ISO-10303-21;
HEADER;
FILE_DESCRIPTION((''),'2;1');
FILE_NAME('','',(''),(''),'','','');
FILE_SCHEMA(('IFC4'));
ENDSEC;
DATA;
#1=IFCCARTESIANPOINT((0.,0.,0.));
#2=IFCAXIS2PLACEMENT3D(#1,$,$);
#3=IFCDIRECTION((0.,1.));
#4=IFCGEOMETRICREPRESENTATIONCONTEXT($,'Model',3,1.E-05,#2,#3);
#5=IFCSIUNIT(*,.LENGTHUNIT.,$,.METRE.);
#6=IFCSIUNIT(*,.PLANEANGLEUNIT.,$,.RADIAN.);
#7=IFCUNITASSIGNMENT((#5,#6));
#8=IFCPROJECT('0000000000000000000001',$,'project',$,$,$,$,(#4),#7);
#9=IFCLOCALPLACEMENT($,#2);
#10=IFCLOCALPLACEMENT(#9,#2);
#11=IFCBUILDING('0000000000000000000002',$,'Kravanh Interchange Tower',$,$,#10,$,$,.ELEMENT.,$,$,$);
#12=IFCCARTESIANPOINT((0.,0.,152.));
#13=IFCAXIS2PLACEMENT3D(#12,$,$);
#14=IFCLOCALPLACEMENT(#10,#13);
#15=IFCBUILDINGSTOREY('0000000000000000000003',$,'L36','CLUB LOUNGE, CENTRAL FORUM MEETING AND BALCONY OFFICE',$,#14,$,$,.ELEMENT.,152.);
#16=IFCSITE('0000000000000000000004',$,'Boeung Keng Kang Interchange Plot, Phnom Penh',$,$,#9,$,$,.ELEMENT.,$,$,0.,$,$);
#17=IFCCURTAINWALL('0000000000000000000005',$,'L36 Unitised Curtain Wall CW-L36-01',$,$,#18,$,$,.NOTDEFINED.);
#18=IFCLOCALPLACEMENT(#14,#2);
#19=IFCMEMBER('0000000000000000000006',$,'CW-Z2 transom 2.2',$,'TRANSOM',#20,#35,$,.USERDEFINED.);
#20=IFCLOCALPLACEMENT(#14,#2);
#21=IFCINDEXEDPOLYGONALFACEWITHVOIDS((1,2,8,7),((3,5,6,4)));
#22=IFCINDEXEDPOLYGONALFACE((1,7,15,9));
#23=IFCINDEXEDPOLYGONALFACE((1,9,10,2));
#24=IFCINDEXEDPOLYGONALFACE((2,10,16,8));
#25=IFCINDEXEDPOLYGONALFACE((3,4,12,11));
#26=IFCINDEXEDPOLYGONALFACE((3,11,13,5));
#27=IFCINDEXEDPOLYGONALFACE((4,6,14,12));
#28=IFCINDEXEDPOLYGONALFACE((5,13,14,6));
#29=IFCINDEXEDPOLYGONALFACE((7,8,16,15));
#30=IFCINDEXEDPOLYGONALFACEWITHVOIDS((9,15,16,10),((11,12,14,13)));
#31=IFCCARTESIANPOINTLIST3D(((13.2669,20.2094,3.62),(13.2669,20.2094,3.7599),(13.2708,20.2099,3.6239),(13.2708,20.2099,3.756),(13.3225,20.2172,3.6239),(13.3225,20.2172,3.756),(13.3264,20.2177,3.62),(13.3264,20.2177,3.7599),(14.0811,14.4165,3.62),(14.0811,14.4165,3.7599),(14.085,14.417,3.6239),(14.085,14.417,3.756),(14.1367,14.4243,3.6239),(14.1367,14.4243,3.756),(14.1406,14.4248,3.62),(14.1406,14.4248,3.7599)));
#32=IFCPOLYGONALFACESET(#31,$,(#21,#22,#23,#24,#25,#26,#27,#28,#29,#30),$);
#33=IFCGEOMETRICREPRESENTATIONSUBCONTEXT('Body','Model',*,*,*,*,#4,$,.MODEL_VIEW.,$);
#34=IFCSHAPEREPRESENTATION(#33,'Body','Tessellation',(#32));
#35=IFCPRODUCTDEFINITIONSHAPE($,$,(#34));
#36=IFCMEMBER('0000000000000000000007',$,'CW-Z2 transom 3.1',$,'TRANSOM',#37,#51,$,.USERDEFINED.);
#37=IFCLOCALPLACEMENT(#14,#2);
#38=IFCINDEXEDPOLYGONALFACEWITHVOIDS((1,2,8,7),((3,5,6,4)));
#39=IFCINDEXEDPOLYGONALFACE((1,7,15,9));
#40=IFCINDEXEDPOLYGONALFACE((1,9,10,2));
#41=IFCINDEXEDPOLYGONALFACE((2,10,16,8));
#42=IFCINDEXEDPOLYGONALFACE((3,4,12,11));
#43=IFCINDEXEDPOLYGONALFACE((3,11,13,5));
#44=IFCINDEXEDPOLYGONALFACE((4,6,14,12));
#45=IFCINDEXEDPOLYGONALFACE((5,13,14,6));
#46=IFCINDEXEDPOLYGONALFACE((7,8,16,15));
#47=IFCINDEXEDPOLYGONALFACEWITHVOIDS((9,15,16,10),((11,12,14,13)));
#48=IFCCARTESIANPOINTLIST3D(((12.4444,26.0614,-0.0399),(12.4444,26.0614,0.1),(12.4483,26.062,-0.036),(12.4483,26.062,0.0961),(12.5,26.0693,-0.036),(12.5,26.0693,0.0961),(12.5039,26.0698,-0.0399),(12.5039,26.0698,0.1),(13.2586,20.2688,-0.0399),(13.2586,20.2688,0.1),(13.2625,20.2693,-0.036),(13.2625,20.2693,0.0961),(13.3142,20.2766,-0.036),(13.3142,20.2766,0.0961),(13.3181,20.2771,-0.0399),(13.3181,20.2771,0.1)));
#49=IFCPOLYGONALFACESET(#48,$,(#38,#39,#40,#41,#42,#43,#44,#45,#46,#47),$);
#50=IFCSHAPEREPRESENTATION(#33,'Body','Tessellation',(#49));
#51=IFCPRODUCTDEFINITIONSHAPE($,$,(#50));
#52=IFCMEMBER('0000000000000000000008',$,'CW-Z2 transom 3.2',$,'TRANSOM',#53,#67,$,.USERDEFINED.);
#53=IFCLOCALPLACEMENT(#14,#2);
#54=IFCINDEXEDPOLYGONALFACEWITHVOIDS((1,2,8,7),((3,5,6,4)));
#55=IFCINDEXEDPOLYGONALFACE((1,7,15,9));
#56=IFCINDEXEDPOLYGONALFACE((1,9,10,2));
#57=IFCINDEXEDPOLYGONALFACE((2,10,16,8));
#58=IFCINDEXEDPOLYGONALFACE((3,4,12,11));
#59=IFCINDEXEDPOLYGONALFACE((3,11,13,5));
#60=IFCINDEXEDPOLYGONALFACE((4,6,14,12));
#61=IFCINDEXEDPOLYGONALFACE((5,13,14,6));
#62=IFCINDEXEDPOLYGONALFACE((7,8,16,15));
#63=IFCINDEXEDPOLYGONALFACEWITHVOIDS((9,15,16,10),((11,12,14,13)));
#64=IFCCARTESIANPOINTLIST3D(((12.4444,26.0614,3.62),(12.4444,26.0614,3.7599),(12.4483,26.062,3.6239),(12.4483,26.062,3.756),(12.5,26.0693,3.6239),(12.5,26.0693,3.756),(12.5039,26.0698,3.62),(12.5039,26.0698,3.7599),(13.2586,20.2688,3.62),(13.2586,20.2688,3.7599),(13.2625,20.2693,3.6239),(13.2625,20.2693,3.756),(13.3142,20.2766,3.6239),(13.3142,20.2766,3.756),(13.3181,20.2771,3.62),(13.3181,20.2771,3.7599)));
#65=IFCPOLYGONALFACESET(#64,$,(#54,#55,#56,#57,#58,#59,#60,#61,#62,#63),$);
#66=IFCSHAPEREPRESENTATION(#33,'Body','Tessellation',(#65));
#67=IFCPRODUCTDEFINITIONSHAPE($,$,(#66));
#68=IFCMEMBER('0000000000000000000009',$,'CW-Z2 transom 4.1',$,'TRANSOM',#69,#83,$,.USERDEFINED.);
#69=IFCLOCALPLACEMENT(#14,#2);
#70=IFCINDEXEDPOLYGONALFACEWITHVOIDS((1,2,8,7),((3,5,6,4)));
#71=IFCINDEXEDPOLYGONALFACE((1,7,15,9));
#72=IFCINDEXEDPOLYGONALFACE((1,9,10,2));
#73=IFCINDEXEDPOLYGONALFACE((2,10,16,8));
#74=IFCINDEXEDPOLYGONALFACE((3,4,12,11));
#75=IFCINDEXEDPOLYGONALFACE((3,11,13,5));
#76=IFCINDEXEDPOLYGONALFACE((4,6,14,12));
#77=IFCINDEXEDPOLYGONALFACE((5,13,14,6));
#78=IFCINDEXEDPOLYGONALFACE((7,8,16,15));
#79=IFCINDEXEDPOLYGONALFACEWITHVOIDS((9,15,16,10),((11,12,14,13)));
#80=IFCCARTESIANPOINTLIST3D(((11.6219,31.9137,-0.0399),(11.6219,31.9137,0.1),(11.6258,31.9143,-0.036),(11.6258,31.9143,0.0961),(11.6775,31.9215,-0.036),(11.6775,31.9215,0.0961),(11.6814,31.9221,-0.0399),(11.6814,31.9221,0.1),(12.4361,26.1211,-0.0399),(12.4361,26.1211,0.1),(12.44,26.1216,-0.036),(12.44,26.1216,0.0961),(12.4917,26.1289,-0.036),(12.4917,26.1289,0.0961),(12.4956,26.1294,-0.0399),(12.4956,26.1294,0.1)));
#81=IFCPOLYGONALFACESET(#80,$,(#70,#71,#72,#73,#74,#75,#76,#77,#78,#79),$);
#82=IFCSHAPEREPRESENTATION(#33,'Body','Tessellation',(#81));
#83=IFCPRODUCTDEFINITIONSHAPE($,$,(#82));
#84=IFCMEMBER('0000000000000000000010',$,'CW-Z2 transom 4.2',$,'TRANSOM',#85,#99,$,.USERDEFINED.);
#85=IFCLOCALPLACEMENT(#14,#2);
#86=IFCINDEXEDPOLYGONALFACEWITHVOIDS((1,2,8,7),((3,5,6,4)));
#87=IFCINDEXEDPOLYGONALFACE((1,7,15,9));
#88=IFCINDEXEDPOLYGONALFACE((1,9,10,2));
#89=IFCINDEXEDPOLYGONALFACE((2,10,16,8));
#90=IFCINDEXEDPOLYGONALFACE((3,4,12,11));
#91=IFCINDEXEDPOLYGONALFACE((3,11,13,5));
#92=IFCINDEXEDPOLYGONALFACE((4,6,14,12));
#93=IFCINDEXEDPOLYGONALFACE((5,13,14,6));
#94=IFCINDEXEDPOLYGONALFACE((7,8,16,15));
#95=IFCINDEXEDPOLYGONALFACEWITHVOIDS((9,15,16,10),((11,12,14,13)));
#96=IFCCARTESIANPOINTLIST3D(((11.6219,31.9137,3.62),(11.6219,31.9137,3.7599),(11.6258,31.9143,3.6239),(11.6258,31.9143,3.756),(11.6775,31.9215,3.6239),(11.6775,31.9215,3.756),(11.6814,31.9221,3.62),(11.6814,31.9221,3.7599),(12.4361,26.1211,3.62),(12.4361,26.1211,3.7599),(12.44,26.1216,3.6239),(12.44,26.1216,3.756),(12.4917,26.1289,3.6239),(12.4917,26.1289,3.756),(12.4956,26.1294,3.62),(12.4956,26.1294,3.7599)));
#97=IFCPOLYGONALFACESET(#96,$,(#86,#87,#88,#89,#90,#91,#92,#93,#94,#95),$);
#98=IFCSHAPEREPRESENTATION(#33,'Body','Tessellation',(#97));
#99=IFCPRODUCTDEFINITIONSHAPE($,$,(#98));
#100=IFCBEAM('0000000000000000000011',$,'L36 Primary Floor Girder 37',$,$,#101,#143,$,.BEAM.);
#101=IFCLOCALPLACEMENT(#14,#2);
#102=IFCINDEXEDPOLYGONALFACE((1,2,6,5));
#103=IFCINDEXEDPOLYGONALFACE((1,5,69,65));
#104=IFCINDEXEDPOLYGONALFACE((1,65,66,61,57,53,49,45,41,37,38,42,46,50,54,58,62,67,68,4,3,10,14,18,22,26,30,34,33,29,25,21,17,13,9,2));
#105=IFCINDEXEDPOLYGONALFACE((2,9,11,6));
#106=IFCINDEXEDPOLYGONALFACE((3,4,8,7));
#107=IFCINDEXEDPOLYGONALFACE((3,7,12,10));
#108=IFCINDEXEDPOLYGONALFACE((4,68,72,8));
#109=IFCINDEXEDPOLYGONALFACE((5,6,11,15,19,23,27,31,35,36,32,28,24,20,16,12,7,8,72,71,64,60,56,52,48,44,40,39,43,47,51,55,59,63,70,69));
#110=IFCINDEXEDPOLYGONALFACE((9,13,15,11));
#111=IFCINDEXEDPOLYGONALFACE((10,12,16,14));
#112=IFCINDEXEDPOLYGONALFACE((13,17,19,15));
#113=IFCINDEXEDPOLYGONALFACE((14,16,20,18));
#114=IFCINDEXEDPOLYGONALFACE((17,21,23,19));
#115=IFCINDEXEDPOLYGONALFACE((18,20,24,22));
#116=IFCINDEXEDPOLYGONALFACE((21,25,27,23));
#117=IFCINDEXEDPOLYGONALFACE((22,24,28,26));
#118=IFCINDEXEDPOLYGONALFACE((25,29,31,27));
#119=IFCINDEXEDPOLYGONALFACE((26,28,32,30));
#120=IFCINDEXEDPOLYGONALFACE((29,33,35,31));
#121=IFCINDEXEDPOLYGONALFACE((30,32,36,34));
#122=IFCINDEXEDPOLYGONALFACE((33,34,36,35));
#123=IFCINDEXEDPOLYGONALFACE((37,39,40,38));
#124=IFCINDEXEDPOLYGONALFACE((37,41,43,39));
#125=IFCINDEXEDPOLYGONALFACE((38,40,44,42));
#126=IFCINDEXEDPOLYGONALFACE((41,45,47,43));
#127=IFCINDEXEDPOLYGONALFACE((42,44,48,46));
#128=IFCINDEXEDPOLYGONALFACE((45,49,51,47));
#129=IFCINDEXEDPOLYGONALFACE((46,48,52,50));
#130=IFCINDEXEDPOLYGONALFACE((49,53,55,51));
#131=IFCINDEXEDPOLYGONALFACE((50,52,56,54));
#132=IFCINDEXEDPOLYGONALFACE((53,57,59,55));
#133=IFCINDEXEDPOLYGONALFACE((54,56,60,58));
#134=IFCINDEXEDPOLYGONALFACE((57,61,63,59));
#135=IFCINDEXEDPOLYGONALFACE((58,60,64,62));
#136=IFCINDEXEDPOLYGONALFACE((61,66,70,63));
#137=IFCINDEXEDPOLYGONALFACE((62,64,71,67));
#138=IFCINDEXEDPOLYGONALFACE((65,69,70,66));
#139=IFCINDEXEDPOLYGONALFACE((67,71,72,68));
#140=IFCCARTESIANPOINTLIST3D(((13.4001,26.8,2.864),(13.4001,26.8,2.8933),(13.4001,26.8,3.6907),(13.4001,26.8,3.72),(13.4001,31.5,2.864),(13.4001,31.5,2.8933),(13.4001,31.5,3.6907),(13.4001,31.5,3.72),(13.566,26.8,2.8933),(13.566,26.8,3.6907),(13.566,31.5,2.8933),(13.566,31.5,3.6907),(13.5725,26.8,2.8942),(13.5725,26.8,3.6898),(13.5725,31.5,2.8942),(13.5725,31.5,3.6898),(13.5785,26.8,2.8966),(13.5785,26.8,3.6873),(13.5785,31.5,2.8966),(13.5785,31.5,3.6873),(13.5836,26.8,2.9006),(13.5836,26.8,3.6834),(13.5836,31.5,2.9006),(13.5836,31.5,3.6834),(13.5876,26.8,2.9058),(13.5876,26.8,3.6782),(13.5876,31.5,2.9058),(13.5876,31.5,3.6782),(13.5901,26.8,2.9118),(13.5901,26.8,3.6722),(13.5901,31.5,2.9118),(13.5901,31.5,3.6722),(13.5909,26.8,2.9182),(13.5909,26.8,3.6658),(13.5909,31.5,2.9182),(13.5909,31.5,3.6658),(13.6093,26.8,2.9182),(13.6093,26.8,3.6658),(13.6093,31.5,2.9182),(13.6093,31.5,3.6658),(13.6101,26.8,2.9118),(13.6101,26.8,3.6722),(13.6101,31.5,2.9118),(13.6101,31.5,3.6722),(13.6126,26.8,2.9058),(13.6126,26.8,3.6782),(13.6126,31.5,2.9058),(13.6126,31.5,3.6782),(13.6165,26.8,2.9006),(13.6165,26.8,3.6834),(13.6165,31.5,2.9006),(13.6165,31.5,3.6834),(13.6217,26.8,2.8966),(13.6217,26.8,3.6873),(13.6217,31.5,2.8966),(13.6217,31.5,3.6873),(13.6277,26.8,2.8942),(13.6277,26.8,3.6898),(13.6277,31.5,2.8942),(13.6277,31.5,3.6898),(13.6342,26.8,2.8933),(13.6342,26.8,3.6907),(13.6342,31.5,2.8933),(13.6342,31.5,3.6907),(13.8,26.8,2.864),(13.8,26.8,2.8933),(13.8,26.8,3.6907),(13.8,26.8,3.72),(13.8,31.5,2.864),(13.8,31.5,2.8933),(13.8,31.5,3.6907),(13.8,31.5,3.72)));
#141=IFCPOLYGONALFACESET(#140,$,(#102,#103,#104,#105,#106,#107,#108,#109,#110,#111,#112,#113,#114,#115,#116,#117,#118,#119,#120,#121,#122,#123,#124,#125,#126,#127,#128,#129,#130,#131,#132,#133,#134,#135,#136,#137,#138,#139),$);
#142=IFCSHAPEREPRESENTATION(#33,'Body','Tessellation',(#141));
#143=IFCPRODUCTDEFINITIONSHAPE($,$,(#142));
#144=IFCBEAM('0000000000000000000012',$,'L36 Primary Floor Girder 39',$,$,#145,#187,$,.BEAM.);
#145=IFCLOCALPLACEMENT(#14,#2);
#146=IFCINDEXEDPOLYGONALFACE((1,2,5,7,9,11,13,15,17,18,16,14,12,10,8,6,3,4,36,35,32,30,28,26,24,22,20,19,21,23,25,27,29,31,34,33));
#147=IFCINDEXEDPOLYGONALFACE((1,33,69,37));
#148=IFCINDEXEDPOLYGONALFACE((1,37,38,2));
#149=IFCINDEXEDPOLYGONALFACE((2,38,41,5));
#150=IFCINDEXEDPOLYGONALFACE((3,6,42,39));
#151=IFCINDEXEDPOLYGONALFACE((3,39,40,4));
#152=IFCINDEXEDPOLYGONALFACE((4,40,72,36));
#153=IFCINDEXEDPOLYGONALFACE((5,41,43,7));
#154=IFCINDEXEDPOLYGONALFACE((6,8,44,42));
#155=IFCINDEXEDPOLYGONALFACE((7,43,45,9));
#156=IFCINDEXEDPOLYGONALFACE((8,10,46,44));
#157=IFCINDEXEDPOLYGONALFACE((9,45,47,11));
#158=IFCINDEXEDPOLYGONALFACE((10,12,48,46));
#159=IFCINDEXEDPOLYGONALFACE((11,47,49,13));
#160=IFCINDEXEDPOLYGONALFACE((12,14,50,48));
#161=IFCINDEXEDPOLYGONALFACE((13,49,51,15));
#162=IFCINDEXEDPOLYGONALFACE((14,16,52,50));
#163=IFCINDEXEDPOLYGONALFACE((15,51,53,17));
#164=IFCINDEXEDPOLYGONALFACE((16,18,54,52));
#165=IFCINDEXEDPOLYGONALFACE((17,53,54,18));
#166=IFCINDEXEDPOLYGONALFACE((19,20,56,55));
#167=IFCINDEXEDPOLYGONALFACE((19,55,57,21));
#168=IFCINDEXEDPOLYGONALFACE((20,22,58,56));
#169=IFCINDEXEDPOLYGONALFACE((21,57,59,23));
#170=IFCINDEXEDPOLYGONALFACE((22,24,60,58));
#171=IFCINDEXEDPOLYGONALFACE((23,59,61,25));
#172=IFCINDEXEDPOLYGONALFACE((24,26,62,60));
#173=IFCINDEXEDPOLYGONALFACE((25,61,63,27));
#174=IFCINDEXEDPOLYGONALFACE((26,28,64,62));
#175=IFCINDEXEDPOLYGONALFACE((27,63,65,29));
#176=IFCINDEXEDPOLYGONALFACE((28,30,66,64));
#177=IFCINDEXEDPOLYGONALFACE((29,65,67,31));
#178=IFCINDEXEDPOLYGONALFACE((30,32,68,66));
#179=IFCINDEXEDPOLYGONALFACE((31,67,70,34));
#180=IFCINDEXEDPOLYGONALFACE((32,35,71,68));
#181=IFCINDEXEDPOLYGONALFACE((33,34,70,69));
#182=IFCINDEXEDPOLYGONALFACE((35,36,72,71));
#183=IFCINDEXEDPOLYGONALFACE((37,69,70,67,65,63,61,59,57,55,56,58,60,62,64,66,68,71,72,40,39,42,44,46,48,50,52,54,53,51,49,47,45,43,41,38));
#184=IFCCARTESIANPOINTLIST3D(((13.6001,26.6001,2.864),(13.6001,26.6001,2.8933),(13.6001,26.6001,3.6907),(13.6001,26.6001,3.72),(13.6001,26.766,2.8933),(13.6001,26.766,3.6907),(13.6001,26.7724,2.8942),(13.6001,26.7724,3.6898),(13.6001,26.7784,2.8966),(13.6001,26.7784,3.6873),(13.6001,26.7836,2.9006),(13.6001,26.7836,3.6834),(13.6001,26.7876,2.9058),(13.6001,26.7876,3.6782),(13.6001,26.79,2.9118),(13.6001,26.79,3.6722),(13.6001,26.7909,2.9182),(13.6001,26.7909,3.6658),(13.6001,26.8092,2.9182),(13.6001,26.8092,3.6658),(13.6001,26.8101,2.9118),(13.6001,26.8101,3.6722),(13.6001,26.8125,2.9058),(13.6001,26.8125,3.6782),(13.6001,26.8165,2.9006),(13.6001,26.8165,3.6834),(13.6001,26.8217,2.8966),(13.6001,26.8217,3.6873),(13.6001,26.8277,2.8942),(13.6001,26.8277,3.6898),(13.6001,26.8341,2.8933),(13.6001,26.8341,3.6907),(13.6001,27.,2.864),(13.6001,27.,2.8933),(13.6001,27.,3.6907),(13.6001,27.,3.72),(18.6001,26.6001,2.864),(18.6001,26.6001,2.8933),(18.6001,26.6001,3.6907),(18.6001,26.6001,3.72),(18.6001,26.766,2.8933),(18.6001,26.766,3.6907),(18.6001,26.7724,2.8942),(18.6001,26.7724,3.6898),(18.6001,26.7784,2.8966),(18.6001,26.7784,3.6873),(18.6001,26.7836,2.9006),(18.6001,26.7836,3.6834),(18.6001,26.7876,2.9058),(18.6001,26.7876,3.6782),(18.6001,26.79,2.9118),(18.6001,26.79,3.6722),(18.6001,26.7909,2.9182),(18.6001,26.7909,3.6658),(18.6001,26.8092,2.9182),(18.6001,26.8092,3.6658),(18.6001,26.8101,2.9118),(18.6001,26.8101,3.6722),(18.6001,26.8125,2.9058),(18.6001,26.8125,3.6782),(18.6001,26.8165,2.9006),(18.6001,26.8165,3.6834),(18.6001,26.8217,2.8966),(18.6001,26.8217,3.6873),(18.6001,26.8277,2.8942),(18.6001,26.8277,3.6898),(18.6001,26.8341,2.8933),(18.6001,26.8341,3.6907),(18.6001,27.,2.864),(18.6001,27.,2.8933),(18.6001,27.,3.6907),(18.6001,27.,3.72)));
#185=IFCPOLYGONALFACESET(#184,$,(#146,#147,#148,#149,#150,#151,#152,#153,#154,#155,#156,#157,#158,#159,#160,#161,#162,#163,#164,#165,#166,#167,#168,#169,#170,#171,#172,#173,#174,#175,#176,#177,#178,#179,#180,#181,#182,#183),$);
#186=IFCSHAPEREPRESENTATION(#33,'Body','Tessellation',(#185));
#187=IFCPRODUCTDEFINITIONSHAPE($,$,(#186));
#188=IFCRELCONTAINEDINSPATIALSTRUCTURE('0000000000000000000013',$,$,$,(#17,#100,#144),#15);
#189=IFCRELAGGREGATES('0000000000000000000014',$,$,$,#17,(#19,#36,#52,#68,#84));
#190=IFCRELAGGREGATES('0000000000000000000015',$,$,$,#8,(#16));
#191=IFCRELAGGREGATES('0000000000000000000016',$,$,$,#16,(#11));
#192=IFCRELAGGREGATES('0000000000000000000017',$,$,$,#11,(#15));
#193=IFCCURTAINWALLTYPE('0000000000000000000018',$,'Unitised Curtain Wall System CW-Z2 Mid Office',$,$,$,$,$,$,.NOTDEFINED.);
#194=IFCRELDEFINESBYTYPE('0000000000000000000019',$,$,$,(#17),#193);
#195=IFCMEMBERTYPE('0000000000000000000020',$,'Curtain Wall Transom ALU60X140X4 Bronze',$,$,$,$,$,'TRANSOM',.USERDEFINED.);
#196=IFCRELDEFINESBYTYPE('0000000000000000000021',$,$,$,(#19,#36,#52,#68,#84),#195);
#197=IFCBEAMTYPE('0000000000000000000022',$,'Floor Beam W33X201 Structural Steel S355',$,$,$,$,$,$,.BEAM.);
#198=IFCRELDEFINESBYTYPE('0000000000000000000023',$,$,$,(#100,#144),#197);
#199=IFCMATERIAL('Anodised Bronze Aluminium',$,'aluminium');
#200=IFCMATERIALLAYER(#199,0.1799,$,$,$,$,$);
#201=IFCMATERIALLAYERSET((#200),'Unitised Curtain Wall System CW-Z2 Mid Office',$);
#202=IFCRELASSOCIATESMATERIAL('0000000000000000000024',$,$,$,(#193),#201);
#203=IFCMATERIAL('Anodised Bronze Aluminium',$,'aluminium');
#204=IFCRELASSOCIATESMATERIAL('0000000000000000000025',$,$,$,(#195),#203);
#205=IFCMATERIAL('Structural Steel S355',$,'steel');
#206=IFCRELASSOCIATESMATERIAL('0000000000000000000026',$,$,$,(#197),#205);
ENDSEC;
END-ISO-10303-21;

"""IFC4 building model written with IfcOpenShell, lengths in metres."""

from ifc_helpers import new_model, si_unit, direction, frame, origin, origin_2d, place, context, subcontext, project, spatial, hollow_rectangle, i_section, extrude, material, layer, layer_set, material_profile, profile_set, type_object, element, aggregate, save


model = new_model("IFC4")

# Units and contexts
model_context = context("Model", 3, precision=1e-05, world=origin(), true_north=direction((0.0, 1.0)))
body_context = subcontext(model_context, "Body", "Model", "MODEL_VIEW")
ifc_project = project(units=[si_unit("LENGTHUNIT", "METRE"), si_unit("PLANEANGLEUNIT", "RADIAN")], contexts=[model_context])

# Site, building, storey
site_placement = place(None, origin())
site = spatial("IfcSite", under=ifc_project, at=site_placement, Name="Boeung Keng Kang Interchange Plot, Phnom Penh", CompositionType="ELEMENT", RefElevation=0.0)
building_placement = place(site_placement, origin())
building = spatial("IfcBuilding", under=site, at=building_placement, Name="Kravanh Interchange Tower", CompositionType="ELEMENT")
storey_placement = place(building_placement, frame((0.0, 0.0, 152.0)))
storey = spatial("IfcBuildingStorey", under=building, at=storey_placement, Name="L36", Description="CLUB LOUNGE, CENTRAL FORUM MEETING AND BALCONY OFFICE", CompositionType="ELEMENT", Elevation=152.0)

# Curtain wall, members
ifc_material_1 = material(Name="Anodised Bronze Aluminium", Category="aluminium")
ifc_layer_1 = layer(ifc_material_1, 0.1799)
ifc_layer_set_1 = layer_set([ifc_layer_1], Name="Unitised Curtain Wall System CW-Z2 Mid Office")
curtain_wall_type = type_object("IfcCurtainWallType", Name="Unitised Curtain Wall System CW-Z2 Mid Office", PredefinedType="NOTDEFINED", material=ifc_layer_set_1)
curtain_wall_placement = place(storey_placement, origin())
curtain_wall = element("IfcCurtainWall", 1, at=curtain_wall_placement, inside=storey, type_object=curtain_wall_type, Name="L36 Unitised Curtain Wall CW-L36-01", PredefinedType="NOTDEFINED")
ifc_material_2 = material(Name="Anodised Bronze Aluminium", Category="aluminium")
ifc_material_profile_1 = material_profile(ifc_material_2, hollow_rectangle(XDim=0.0601, YDim=0.1399, WallThickness=0.0039, at=origin_2d()), Name="ALU60X140X4")
ifc_profile_set_1 = profile_set([ifc_material_profile_1], Name="Anodised Bronze Aluminium")
member_type_1 = type_object("IfcMemberType", Name="Curtain Wall Transom ALU60X140X4 Bronze", ElementType="TRANSOM", PredefinedType="USERDEFINED", material=ifc_profile_set_1)
member_1_placement = place(storey_placement, frame((14.1108, 14.4207, 3.6899), z_axis=(-0.139183, 0.990267, 0.0), x_axis=(-0.990267, -0.139183, 0.0)))
member_1 = element("IfcMember", 2, at=member_1_placement, type_object=member_type_1, Name="CW-Z2 transom 2.2", ObjectType="TRANSOM", PredefinedType="USERDEFINED", context=body_context, shape_type="SweptSolid", body=[
    extrude(hollow_rectangle(XDim=0.0601, YDim=0.1399, WallThickness=0.0039, at=origin_2d()), origin(), (0.0, 0.0, 1.0), 5.8499),
])
member_2_placement = place(storey_placement, frame((13.2883, 20.2729, 0.03), z_axis=(-0.139189, 0.990266, 0.0), x_axis=(-0.990266, -0.139189, 0.0)))
member_2 = element("IfcMember", 3, at=member_2_placement, type_object=member_type_1, Name="CW-Z2 transom 3.1", ObjectType="TRANSOM", PredefinedType="USERDEFINED", context=body_context, shape_type="SweptSolid", body=[
    extrude(hollow_rectangle(XDim=0.0601, YDim=0.1399, WallThickness=0.0039, at=origin_2d()), origin(), (0.0, 0.0, 1.0), 5.8496),
])
member_3_placement = place(storey_placement, frame((13.2883, 20.2729, 3.6899), z_axis=(-0.139189, 0.990266, 0.0), x_axis=(-0.990266, -0.139189, 0.0)))
member_3 = element("IfcMember", 4, at=member_3_placement, type_object=member_type_1, Name="CW-Z2 transom 3.2", ObjectType="TRANSOM", PredefinedType="USERDEFINED", context=body_context, shape_type="SweptSolid", body=[
    extrude(hollow_rectangle(XDim=0.0601, YDim=0.1399, WallThickness=0.0039, at=origin_2d()), origin(), (0.0, 0.0, 1.0), 5.8496),
])
member_4_placement = place(storey_placement, frame((12.4658, 26.1252, 0.03), z_axis=(-0.139189, 0.990266, 0.0), x_axis=(-0.990266, -0.139189, 0.0)))
member_4 = element("IfcMember", 5, at=member_4_placement, type_object=member_type_1, Name="CW-Z2 transom 4.1", ObjectType="TRANSOM", PredefinedType="USERDEFINED", context=body_context, shape_type="SweptSolid", body=[
    extrude(hollow_rectangle(XDim=0.0601, YDim=0.1399, WallThickness=0.0039, at=origin_2d()), origin(), (0.0, 0.0, 1.0), 5.8496),
])
member_5_placement = place(storey_placement, frame((12.4658, 26.1252, 3.6899), z_axis=(-0.139189, 0.990266, 0.0), x_axis=(-0.990266, -0.139189, 0.0)))
member_5 = element("IfcMember", 6, at=member_5_placement, type_object=member_type_1, Name="CW-Z2 transom 4.2", ObjectType="TRANSOM", PredefinedType="USERDEFINED", context=body_context, shape_type="SweptSolid", body=[
    extrude(hollow_rectangle(XDim=0.0601, YDim=0.1399, WallThickness=0.0039, at=origin_2d()), origin(), (0.0, 0.0, 1.0), 5.8496),
])

# Beams
ifc_material_3 = material(Name="Structural Steel S355", Category="steel")
ifc_material_profile_2 = material_profile(ifc_material_3, i_section(OverallWidth=0.3999, OverallDepth=0.856, WebThickness=0.0183, FlangeThickness=0.0293, FilletRadius=0.0249, at=origin_2d()), Name="W33X201")
ifc_profile_set_2 = profile_set([ifc_material_profile_2], Name="Structural Steel S355")
beam_type_1 = type_object("IfcBeamType", Name="Floor Beam W33X201 Structural Steel S355", PredefinedType="BEAM", material=ifc_profile_set_2)
beam_1_placement = place(storey_placement, frame((13.6001, 26.8, 3.292), z_axis=(0.0, 1.0, 0.0), x_axis=(-1.0, 0.0, 0.0)))
element("IfcBeam", 7, at=beam_1_placement, inside=storey, type_object=beam_type_1, Name="L36 Primary Floor Girder 37", PredefinedType="BEAM", context=body_context, shape_type="SweptSolid", body=[
    extrude(i_section(OverallWidth=0.3999, OverallDepth=0.856, WebThickness=0.0183, FlangeThickness=0.0293, FilletRadius=0.0249, at=origin_2d()), origin(), (0.0, 0.0, 1.0), 4.7),
])
beam_2_placement = place(storey_placement, frame((13.6001, 26.8, 3.292), z_axis=(1.0, 0.0, 0.0), x_axis=(0.0, 1.0, 0.0)))
element("IfcBeam", 8, at=beam_2_placement, inside=storey, type_object=beam_type_1, Name="L36 Primary Floor Girder 39", PredefinedType="BEAM", context=body_context, shape_type="SweptSolid", body=[
    extrude(i_section(OverallWidth=0.3999, OverallDepth=0.856, WebThickness=0.0183, FlangeThickness=0.0293, FilletRadius=0.0249, at=origin_2d()), origin(), (0.0, 0.0, 1.0), 5.0),
])

aggregate(curtain_wall, [member_1, member_2, member_3, member_4, member_5])

save(model, "model.ifc")
